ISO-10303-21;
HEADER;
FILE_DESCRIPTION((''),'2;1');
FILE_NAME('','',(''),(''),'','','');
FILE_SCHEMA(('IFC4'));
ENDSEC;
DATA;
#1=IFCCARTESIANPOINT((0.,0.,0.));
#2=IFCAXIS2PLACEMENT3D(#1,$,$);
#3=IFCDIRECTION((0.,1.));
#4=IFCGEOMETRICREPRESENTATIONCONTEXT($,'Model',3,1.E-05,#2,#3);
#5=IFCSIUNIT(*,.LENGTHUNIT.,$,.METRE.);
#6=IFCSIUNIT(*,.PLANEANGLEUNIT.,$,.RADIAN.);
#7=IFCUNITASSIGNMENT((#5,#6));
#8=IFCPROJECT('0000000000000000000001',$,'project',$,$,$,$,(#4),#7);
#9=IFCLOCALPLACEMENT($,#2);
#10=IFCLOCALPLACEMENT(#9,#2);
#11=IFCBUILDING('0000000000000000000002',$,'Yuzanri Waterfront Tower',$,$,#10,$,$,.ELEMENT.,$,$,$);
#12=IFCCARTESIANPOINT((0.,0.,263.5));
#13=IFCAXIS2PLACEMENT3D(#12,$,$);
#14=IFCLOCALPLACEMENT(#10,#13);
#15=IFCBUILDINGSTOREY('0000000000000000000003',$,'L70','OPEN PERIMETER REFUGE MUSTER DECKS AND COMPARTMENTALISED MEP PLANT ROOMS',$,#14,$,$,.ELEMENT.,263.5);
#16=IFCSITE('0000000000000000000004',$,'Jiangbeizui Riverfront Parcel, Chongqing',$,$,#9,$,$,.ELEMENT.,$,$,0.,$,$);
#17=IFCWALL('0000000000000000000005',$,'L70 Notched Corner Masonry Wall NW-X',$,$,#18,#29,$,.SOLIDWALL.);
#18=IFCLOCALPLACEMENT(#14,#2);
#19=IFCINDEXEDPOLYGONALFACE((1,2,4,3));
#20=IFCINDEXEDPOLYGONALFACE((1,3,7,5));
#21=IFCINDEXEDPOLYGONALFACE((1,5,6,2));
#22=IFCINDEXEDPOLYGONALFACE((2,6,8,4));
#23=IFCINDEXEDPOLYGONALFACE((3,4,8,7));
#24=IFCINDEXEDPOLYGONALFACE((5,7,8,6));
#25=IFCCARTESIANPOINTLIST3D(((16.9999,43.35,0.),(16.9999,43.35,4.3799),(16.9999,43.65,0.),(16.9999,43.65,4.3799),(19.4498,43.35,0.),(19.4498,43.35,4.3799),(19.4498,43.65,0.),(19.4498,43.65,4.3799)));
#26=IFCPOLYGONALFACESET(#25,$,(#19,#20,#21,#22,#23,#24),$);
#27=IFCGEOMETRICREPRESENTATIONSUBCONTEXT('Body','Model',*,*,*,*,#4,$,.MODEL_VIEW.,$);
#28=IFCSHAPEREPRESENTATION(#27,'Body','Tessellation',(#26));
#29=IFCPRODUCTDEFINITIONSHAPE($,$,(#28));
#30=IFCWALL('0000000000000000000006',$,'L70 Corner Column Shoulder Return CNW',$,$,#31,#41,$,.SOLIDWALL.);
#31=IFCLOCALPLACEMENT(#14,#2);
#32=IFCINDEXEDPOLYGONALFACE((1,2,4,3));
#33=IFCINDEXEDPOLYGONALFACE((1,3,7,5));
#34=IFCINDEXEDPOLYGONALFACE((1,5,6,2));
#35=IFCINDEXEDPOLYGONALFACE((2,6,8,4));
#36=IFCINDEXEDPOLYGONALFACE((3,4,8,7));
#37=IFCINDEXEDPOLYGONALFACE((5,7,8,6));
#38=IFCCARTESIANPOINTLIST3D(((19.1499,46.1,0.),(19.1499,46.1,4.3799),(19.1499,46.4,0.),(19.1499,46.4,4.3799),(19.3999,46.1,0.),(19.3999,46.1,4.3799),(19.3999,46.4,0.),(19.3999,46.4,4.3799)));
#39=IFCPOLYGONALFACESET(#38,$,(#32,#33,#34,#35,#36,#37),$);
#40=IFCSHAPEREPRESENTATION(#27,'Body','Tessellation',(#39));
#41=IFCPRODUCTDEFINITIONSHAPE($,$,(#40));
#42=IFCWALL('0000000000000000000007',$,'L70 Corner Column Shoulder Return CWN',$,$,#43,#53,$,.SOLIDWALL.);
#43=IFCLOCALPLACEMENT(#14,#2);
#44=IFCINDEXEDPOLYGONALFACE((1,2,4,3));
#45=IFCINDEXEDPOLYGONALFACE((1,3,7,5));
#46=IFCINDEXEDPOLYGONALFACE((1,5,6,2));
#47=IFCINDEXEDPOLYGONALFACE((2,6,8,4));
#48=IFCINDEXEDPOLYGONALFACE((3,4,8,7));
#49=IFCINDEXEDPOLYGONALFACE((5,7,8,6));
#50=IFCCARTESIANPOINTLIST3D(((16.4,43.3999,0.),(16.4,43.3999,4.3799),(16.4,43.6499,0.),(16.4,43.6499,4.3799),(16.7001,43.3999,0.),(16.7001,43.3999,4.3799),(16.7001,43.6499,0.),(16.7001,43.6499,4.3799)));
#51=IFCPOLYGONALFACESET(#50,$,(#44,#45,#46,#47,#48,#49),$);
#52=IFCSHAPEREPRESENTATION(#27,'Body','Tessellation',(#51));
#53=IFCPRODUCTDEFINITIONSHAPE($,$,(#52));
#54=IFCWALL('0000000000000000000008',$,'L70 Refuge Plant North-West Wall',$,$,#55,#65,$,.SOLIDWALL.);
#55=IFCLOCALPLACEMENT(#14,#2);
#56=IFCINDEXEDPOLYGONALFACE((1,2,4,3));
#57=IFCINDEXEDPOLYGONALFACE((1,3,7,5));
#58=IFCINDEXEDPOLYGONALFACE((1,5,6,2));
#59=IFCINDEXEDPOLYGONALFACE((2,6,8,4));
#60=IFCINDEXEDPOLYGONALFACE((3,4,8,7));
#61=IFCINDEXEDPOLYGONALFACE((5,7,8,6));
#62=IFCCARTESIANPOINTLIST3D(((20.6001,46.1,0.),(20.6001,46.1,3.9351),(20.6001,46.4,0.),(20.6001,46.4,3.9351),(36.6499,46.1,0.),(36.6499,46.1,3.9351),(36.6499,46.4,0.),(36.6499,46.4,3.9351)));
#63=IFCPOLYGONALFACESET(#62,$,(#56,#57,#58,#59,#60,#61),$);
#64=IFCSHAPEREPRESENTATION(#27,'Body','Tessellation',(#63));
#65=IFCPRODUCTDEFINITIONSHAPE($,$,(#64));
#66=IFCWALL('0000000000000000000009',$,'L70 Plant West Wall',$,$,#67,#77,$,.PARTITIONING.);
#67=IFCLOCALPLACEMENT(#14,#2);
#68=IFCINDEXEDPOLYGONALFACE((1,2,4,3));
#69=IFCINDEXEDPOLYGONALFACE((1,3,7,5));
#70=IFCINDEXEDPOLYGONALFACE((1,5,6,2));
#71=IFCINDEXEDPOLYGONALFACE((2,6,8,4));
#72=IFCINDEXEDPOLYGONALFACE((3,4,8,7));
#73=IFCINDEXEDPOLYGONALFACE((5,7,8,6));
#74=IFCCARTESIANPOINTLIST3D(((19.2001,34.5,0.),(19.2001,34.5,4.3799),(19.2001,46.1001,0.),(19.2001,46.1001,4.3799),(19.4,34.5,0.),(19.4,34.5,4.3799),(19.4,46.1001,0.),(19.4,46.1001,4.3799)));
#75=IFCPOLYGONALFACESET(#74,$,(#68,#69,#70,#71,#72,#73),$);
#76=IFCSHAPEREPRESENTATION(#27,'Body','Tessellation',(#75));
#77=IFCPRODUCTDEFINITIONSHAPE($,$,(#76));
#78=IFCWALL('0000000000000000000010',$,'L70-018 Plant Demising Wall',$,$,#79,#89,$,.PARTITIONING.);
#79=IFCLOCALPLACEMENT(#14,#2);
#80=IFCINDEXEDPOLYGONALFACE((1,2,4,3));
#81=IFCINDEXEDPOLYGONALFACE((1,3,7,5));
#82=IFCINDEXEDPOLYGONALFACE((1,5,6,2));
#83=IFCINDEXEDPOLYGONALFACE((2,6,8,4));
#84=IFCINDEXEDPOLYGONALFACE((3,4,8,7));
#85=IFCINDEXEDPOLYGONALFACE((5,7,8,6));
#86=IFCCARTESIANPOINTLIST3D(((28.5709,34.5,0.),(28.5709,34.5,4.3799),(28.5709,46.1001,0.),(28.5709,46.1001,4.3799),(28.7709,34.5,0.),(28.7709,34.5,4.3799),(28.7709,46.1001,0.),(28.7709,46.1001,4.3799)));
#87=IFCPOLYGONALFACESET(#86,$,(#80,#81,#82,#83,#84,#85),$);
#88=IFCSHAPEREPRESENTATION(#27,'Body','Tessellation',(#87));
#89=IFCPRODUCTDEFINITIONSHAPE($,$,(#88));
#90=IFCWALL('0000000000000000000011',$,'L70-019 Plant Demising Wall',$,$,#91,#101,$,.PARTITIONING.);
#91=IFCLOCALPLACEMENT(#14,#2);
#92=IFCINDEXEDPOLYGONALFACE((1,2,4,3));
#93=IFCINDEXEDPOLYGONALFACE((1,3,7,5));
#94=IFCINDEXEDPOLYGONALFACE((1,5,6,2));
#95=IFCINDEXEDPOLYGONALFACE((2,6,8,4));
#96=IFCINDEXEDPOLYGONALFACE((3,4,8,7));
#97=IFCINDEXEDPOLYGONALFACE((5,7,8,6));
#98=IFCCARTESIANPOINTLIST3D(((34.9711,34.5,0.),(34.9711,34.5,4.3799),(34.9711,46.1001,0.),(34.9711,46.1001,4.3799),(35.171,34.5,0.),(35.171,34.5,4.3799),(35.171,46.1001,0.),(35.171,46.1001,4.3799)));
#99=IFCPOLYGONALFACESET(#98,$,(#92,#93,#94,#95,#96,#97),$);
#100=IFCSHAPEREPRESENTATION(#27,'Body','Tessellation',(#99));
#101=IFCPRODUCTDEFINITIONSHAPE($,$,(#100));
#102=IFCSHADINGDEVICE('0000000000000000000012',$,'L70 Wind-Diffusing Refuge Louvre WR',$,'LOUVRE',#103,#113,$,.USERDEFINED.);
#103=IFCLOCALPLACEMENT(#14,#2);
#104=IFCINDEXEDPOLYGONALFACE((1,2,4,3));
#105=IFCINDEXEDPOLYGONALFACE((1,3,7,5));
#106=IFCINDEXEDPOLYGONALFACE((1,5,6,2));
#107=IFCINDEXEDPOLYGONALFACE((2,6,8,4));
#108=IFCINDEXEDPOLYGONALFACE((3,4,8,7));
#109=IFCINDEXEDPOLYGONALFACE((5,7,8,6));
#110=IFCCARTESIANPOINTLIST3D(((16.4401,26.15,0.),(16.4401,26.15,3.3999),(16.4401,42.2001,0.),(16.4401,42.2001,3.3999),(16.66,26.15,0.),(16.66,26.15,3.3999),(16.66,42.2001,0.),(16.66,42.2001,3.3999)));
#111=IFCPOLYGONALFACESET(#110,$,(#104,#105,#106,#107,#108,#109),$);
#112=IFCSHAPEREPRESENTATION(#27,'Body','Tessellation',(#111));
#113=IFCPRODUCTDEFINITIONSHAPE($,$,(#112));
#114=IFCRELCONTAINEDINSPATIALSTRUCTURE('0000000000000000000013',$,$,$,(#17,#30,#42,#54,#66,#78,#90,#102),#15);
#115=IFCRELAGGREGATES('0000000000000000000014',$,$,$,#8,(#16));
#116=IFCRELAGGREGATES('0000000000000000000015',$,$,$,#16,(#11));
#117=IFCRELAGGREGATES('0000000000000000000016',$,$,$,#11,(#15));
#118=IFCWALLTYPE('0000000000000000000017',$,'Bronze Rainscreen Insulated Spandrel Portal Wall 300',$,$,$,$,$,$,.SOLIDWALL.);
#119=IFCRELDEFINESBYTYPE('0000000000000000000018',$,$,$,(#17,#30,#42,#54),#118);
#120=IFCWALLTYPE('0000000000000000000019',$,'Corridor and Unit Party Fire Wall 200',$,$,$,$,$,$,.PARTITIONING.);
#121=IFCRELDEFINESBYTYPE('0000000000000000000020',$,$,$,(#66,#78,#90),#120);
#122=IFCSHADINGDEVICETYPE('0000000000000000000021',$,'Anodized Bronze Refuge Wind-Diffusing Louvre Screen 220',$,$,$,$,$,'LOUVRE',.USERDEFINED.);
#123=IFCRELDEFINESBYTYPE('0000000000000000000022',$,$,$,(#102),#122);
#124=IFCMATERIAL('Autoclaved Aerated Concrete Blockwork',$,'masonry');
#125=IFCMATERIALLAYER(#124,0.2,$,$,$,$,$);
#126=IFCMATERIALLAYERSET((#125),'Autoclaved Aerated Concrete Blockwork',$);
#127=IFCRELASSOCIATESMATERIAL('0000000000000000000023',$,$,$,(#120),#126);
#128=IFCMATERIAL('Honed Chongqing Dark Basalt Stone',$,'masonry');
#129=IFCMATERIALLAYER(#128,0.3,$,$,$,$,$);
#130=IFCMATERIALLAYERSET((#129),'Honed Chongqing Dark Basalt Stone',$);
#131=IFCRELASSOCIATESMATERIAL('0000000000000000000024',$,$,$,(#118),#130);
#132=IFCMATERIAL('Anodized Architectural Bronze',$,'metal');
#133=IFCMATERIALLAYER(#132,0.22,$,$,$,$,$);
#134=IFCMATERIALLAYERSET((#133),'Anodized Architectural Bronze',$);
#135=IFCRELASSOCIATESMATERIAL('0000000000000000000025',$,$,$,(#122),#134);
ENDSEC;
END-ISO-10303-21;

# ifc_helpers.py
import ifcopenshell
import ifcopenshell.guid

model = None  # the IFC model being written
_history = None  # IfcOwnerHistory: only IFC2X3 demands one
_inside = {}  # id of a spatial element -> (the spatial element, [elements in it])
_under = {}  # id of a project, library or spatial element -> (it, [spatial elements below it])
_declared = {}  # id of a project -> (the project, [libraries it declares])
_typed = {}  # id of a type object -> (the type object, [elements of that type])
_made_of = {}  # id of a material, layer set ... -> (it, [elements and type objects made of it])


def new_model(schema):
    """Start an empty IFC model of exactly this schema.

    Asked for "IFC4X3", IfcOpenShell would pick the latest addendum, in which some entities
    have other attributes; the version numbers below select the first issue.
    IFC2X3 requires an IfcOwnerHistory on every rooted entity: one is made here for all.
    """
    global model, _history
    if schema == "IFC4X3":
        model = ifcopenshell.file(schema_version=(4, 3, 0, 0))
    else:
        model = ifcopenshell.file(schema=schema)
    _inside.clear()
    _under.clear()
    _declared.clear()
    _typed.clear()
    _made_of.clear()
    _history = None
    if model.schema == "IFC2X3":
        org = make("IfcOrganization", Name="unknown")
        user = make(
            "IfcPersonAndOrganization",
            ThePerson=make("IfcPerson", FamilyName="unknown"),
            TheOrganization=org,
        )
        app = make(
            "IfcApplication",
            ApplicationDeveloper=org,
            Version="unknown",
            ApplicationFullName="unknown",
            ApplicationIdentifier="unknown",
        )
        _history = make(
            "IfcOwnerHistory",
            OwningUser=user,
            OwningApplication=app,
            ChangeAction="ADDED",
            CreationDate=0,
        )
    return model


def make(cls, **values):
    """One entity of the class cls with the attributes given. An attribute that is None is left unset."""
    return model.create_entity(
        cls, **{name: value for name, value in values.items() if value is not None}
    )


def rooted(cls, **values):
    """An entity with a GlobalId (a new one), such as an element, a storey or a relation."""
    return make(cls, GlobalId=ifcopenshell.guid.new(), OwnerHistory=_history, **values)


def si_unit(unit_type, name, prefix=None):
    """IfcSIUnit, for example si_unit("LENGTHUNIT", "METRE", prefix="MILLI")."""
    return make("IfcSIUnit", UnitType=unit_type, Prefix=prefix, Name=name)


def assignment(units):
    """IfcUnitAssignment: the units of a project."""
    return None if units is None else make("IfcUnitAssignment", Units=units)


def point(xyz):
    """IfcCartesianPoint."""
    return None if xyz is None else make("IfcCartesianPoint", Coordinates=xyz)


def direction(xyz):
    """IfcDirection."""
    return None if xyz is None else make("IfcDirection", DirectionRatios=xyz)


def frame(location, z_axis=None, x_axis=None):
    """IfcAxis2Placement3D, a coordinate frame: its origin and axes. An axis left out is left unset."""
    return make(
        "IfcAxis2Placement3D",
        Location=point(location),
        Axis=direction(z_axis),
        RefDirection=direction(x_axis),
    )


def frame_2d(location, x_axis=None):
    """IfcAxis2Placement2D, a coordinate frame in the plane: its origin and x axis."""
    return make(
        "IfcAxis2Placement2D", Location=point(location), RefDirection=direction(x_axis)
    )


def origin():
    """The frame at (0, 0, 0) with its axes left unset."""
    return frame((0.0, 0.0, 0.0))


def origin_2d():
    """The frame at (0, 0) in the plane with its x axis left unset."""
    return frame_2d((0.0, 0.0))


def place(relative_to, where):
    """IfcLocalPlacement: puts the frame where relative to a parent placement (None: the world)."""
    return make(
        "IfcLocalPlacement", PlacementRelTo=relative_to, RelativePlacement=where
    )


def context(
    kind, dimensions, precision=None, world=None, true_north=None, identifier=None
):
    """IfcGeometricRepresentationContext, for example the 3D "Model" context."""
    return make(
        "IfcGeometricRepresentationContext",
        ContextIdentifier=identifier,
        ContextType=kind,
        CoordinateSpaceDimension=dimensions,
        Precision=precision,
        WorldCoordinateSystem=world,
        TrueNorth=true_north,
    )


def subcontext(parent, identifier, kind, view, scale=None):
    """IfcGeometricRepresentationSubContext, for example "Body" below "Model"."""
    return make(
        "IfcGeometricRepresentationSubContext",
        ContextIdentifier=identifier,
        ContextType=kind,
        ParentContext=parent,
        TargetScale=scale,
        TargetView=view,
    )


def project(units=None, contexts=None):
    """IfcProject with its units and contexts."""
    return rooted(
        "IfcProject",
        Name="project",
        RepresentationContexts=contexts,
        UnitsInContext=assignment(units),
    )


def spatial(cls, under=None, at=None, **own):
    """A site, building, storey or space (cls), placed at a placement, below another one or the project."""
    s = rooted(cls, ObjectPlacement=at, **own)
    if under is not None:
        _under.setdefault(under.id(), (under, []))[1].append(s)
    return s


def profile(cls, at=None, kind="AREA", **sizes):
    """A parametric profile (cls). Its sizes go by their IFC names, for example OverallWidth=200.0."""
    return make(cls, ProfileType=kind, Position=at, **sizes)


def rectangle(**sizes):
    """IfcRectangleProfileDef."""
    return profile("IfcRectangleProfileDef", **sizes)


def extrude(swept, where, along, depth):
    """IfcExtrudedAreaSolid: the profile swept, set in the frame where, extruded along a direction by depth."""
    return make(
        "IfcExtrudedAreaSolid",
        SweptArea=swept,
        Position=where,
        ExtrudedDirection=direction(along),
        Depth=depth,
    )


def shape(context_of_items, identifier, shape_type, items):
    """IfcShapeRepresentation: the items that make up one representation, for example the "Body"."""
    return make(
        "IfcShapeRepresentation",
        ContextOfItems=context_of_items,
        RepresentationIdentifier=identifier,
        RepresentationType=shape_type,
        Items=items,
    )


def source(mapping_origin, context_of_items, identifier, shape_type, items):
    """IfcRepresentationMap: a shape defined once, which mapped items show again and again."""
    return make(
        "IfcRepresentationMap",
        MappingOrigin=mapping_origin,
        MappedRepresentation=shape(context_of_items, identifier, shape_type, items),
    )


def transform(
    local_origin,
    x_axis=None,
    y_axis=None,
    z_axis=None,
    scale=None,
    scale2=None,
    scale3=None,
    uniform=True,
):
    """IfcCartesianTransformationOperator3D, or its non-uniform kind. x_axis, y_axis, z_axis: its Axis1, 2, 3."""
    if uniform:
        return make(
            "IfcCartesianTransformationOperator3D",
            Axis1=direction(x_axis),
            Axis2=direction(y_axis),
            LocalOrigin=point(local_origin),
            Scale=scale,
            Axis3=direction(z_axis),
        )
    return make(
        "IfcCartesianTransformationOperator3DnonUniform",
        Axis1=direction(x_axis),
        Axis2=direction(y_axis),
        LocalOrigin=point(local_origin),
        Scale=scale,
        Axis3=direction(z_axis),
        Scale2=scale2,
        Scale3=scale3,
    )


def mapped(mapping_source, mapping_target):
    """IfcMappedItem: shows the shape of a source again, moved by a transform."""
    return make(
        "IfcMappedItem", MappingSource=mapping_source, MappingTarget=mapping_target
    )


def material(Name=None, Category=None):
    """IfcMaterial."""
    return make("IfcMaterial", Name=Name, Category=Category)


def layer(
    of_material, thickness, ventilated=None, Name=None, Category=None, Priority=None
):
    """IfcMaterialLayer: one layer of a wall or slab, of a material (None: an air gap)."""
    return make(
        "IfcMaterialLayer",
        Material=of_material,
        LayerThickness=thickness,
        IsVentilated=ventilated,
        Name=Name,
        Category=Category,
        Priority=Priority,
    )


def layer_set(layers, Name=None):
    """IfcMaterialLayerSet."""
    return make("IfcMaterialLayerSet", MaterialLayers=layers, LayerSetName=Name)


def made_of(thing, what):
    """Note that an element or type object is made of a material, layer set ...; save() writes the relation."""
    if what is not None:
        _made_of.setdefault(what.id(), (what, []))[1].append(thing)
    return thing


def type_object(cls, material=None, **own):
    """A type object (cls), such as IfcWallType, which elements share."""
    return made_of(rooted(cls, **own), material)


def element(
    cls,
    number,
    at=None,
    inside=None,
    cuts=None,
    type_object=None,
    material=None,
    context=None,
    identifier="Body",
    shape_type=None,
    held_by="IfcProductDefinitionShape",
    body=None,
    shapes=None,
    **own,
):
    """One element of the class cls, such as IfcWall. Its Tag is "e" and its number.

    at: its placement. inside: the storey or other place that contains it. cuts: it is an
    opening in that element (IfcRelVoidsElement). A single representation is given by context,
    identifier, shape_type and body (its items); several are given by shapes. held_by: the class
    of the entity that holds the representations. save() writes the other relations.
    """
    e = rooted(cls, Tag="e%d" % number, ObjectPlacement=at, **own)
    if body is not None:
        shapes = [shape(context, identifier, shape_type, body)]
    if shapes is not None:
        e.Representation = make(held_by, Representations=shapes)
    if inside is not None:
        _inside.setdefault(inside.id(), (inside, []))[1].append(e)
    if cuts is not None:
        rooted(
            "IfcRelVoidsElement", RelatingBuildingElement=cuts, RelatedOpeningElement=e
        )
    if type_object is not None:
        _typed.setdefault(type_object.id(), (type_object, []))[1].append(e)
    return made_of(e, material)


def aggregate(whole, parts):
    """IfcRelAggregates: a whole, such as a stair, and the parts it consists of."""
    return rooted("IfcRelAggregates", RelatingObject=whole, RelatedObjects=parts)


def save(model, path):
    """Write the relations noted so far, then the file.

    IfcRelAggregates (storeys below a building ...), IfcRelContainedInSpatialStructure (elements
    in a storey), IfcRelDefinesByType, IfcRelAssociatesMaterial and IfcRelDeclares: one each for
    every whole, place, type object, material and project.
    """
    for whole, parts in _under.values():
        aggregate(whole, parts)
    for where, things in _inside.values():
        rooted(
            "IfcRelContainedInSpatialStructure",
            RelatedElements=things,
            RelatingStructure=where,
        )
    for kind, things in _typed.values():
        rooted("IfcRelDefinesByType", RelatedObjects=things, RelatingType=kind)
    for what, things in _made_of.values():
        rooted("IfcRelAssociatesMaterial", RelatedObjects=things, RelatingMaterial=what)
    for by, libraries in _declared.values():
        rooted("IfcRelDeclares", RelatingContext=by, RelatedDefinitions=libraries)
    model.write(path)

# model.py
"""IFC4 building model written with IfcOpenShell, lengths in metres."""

from ifc_helpers import new_model, si_unit, direction, frame, frame_2d, origin, origin_2d, place, context, subcontext, project, spatial, rectangle, extrude, source, transform, mapped, material, layer, layer_set, type_object, element, save


model = new_model("IFC4")

# Units and contexts
model_context = context("Model", 3, precision=1e-05, world=origin(), true_north=direction((0.0, 1.0)))
body_context = subcontext(model_context, "Body", "Model", "MODEL_VIEW")
ifc_project = project(units=[si_unit("LENGTHUNIT", "METRE"), si_unit("PLANEANGLEUNIT", "RADIAN")], contexts=[model_context])

# Site, building, storey
site_placement = place(None, origin())
site = spatial("IfcSite", under=ifc_project, at=site_placement, Name="Jiangbeizui Riverfront Parcel, Chongqing", CompositionType="ELEMENT", RefElevation=0.0)
building_placement = place(site_placement, origin())
building = spatial("IfcBuilding", under=site, at=building_placement, Name="Yuzanri Waterfront Tower", CompositionType="ELEMENT")
storey_placement = place(building_placement, frame((0.0, 0.0, 263.5)))
storey = spatial("IfcBuildingStorey", under=building, at=storey_placement, Name="L70", Description="OPEN PERIMETER REFUGE MUSTER DECKS AND COMPARTMENTALISED MEP PLANT ROOMS", CompositionType="ELEMENT", Elevation=263.5)

# Shared definitions
ifc_material_1 = material(Name="Autoclaved Aerated Concrete Blockwork", Category="masonry")
ifc_layer_1 = layer(ifc_material_1, 0.2)
ifc_layer_set_1 = layer_set([ifc_layer_1], Name="Autoclaved Aerated Concrete Blockwork")
wall_type_1 = type_object("IfcWallType", Name="Corridor and Unit Party Fire Wall 200", PredefinedType="PARTITIONING", material=ifc_layer_set_1)

# Walls
ifc_material_2 = material(Name="Honed Chongqing Dark Basalt Stone", Category="masonry")
ifc_layer_2 = layer(ifc_material_2, 0.3)
ifc_layer_set_2 = layer_set([ifc_layer_2], Name="Honed Chongqing Dark Basalt Stone")
wall_type_2 = type_object("IfcWallType", Name="Bronze Rainscreen Insulated Spandrel Portal Wall 300", PredefinedType="SOLIDWALL", material=ifc_layer_set_2)
shared_shape_1 = source(origin(), body_context, "Body", "SweptSolid", [
    extrude(rectangle(XDim=2.45, YDim=0.3, at=frame_2d((1.2251, 0.0))), origin(), (0.0, 0.0, 1.0), 4.3799),
])
wall_1_placement = place(storey_placement, frame((19.45, 43.5, 0.0), z_axis=(0.0, 0.0, 1.0), x_axis=(-1.0, 0.0, 0.0)))
element("IfcWall", 1, at=wall_1_placement, inside=storey, type_object=wall_type_2, Name="L70 Notched Corner Masonry Wall NW-X", PredefinedType="SOLIDWALL", context=body_context, shape_type="MappedRepresentation", body=[
    mapped(shared_shape_1, transform((0.0, 0.0, 0.0), scale=1.0)),
])
shared_shape_2 = source(origin(), body_context, "Body", "SweptSolid", [
    extrude(rectangle(XDim=0.25, YDim=0.3, at=frame_2d((0.125, 0.0))), origin(), (0.0, 0.0, 1.0), 4.3799),
])
for number, where, z_axis, x_axis, name in (
    (2, (19.1499, 46.25, 0.0), (0.0, 0.0, 1.0), (1.0, 0.0, 0.0), "L70 Corner Column Shoulder Return CNW"),
    (3, (16.55, 43.3999, 0.0), (0.0, 0.0, 1.0), (0.0, 1.0, 0.0), "L70 Corner Column Shoulder Return CWN"),
):
    element("IfcWall", number, at=place(storey_placement, frame(where, z_axis=z_axis, x_axis=x_axis)), inside=storey, type_object=wall_type_2, Name=name, PredefinedType="SOLIDWALL", context=body_context, shape_type="MappedRepresentation", body=[
        mapped(shared_shape_2, transform((0.0, 0.0, 0.0), scale=1.0)),
    ])
shared_shape_3 = source(origin(), body_context, "Body", "SweptSolid", [
    extrude(rectangle(XDim=16.0498, YDim=0.3, at=frame_2d((8.0249, 0.0))), origin(), (0.0, 0.0, 1.0), 3.9351),
])
wall_2_placement = place(storey_placement, frame((20.6001, 46.25, 0.0), z_axis=(0.0, 0.0, 1.0), x_axis=(1.0, 0.0, 0.0)))
element("IfcWall", 4, at=wall_2_placement, inside=storey, type_object=wall_type_2, Name="L70 Refuge Plant North-West Wall", PredefinedType="SOLIDWALL", context=body_context, shape_type="MappedRepresentation", body=[
    mapped(shared_shape_3, transform((0.0, 0.0, 0.0), scale=1.0)),
])
shared_shape_4 = source(origin(), body_context, "Body", "SweptSolid", [
    extrude(rectangle(XDim=11.6001, YDim=0.2, at=frame_2d((5.8, 0.0))), origin(), (0.0, 0.0, 1.0), 4.3799),
])
for number, where, z_axis, x_axis, name in (
    (5, (19.3, 34.5, 0.0), (0.0, 0.0, 1.0), (0.0, 1.0, 0.0), "L70 Plant West Wall"),
    (6, (28.6709, 34.5, 0.0), (0.0, 0.0, 1.0), (0.0, 1.0, 0.0), "L70-018 Plant Demising Wall"),
    (7, (35.071, 34.5, 0.0), (0.0, 0.0, 1.0), (0.0, 1.0, 0.0), "L70-019 Plant Demising Wall"),
):
    element("IfcWall", number, at=place(storey_placement, frame(where, z_axis=z_axis, x_axis=x_axis)), inside=storey, type_object=wall_type_1, Name=name, PredefinedType="PARTITIONING", context=body_context, shape_type="MappedRepresentation", body=[
        mapped(shared_shape_4, transform((0.0, 0.0, 0.0), scale=1.0)),
    ])

# Shading device
ifc_material_3 = material(Name="Anodized Architectural Bronze", Category="metal")
ifc_layer_3 = layer(ifc_material_3, 0.22)
ifc_layer_set_3 = layer_set([ifc_layer_3], Name="Anodized Architectural Bronze")
shading_device_type = type_object("IfcShadingDeviceType", Name="Anodized Bronze Refuge Wind-Diffusing Louvre Screen 220", ElementType="LOUVRE", PredefinedType="USERDEFINED", material=ifc_layer_set_3)
shared_shape_5 = source(origin(), body_context, "Body", "SweptSolid", [
    extrude(rectangle(XDim=0.22, YDim=16.05, at=origin_2d()), origin(), (0.0, 0.0, 1.0), 3.3999),
])
shading_device_placement = place(storey_placement, frame((16.55, 34.175, 0.0), z_axis=(0.0, 0.0, 1.0), x_axis=(1.0, 0.0, 0.0)))
element("IfcShadingDevice", 8, at=shading_device_placement, inside=storey, type_object=shading_device_type, Name="L70 Wind-Diffusing Refuge Louvre WR", ObjectType="LOUVRE", PredefinedType="USERDEFINED", context=body_context, shape_type="MappedRepresentation", body=[
    mapped(shared_shape_5, transform((0.0, 0.0, 0.0), scale=1.0)),
])

save(model, "model.ifc")
